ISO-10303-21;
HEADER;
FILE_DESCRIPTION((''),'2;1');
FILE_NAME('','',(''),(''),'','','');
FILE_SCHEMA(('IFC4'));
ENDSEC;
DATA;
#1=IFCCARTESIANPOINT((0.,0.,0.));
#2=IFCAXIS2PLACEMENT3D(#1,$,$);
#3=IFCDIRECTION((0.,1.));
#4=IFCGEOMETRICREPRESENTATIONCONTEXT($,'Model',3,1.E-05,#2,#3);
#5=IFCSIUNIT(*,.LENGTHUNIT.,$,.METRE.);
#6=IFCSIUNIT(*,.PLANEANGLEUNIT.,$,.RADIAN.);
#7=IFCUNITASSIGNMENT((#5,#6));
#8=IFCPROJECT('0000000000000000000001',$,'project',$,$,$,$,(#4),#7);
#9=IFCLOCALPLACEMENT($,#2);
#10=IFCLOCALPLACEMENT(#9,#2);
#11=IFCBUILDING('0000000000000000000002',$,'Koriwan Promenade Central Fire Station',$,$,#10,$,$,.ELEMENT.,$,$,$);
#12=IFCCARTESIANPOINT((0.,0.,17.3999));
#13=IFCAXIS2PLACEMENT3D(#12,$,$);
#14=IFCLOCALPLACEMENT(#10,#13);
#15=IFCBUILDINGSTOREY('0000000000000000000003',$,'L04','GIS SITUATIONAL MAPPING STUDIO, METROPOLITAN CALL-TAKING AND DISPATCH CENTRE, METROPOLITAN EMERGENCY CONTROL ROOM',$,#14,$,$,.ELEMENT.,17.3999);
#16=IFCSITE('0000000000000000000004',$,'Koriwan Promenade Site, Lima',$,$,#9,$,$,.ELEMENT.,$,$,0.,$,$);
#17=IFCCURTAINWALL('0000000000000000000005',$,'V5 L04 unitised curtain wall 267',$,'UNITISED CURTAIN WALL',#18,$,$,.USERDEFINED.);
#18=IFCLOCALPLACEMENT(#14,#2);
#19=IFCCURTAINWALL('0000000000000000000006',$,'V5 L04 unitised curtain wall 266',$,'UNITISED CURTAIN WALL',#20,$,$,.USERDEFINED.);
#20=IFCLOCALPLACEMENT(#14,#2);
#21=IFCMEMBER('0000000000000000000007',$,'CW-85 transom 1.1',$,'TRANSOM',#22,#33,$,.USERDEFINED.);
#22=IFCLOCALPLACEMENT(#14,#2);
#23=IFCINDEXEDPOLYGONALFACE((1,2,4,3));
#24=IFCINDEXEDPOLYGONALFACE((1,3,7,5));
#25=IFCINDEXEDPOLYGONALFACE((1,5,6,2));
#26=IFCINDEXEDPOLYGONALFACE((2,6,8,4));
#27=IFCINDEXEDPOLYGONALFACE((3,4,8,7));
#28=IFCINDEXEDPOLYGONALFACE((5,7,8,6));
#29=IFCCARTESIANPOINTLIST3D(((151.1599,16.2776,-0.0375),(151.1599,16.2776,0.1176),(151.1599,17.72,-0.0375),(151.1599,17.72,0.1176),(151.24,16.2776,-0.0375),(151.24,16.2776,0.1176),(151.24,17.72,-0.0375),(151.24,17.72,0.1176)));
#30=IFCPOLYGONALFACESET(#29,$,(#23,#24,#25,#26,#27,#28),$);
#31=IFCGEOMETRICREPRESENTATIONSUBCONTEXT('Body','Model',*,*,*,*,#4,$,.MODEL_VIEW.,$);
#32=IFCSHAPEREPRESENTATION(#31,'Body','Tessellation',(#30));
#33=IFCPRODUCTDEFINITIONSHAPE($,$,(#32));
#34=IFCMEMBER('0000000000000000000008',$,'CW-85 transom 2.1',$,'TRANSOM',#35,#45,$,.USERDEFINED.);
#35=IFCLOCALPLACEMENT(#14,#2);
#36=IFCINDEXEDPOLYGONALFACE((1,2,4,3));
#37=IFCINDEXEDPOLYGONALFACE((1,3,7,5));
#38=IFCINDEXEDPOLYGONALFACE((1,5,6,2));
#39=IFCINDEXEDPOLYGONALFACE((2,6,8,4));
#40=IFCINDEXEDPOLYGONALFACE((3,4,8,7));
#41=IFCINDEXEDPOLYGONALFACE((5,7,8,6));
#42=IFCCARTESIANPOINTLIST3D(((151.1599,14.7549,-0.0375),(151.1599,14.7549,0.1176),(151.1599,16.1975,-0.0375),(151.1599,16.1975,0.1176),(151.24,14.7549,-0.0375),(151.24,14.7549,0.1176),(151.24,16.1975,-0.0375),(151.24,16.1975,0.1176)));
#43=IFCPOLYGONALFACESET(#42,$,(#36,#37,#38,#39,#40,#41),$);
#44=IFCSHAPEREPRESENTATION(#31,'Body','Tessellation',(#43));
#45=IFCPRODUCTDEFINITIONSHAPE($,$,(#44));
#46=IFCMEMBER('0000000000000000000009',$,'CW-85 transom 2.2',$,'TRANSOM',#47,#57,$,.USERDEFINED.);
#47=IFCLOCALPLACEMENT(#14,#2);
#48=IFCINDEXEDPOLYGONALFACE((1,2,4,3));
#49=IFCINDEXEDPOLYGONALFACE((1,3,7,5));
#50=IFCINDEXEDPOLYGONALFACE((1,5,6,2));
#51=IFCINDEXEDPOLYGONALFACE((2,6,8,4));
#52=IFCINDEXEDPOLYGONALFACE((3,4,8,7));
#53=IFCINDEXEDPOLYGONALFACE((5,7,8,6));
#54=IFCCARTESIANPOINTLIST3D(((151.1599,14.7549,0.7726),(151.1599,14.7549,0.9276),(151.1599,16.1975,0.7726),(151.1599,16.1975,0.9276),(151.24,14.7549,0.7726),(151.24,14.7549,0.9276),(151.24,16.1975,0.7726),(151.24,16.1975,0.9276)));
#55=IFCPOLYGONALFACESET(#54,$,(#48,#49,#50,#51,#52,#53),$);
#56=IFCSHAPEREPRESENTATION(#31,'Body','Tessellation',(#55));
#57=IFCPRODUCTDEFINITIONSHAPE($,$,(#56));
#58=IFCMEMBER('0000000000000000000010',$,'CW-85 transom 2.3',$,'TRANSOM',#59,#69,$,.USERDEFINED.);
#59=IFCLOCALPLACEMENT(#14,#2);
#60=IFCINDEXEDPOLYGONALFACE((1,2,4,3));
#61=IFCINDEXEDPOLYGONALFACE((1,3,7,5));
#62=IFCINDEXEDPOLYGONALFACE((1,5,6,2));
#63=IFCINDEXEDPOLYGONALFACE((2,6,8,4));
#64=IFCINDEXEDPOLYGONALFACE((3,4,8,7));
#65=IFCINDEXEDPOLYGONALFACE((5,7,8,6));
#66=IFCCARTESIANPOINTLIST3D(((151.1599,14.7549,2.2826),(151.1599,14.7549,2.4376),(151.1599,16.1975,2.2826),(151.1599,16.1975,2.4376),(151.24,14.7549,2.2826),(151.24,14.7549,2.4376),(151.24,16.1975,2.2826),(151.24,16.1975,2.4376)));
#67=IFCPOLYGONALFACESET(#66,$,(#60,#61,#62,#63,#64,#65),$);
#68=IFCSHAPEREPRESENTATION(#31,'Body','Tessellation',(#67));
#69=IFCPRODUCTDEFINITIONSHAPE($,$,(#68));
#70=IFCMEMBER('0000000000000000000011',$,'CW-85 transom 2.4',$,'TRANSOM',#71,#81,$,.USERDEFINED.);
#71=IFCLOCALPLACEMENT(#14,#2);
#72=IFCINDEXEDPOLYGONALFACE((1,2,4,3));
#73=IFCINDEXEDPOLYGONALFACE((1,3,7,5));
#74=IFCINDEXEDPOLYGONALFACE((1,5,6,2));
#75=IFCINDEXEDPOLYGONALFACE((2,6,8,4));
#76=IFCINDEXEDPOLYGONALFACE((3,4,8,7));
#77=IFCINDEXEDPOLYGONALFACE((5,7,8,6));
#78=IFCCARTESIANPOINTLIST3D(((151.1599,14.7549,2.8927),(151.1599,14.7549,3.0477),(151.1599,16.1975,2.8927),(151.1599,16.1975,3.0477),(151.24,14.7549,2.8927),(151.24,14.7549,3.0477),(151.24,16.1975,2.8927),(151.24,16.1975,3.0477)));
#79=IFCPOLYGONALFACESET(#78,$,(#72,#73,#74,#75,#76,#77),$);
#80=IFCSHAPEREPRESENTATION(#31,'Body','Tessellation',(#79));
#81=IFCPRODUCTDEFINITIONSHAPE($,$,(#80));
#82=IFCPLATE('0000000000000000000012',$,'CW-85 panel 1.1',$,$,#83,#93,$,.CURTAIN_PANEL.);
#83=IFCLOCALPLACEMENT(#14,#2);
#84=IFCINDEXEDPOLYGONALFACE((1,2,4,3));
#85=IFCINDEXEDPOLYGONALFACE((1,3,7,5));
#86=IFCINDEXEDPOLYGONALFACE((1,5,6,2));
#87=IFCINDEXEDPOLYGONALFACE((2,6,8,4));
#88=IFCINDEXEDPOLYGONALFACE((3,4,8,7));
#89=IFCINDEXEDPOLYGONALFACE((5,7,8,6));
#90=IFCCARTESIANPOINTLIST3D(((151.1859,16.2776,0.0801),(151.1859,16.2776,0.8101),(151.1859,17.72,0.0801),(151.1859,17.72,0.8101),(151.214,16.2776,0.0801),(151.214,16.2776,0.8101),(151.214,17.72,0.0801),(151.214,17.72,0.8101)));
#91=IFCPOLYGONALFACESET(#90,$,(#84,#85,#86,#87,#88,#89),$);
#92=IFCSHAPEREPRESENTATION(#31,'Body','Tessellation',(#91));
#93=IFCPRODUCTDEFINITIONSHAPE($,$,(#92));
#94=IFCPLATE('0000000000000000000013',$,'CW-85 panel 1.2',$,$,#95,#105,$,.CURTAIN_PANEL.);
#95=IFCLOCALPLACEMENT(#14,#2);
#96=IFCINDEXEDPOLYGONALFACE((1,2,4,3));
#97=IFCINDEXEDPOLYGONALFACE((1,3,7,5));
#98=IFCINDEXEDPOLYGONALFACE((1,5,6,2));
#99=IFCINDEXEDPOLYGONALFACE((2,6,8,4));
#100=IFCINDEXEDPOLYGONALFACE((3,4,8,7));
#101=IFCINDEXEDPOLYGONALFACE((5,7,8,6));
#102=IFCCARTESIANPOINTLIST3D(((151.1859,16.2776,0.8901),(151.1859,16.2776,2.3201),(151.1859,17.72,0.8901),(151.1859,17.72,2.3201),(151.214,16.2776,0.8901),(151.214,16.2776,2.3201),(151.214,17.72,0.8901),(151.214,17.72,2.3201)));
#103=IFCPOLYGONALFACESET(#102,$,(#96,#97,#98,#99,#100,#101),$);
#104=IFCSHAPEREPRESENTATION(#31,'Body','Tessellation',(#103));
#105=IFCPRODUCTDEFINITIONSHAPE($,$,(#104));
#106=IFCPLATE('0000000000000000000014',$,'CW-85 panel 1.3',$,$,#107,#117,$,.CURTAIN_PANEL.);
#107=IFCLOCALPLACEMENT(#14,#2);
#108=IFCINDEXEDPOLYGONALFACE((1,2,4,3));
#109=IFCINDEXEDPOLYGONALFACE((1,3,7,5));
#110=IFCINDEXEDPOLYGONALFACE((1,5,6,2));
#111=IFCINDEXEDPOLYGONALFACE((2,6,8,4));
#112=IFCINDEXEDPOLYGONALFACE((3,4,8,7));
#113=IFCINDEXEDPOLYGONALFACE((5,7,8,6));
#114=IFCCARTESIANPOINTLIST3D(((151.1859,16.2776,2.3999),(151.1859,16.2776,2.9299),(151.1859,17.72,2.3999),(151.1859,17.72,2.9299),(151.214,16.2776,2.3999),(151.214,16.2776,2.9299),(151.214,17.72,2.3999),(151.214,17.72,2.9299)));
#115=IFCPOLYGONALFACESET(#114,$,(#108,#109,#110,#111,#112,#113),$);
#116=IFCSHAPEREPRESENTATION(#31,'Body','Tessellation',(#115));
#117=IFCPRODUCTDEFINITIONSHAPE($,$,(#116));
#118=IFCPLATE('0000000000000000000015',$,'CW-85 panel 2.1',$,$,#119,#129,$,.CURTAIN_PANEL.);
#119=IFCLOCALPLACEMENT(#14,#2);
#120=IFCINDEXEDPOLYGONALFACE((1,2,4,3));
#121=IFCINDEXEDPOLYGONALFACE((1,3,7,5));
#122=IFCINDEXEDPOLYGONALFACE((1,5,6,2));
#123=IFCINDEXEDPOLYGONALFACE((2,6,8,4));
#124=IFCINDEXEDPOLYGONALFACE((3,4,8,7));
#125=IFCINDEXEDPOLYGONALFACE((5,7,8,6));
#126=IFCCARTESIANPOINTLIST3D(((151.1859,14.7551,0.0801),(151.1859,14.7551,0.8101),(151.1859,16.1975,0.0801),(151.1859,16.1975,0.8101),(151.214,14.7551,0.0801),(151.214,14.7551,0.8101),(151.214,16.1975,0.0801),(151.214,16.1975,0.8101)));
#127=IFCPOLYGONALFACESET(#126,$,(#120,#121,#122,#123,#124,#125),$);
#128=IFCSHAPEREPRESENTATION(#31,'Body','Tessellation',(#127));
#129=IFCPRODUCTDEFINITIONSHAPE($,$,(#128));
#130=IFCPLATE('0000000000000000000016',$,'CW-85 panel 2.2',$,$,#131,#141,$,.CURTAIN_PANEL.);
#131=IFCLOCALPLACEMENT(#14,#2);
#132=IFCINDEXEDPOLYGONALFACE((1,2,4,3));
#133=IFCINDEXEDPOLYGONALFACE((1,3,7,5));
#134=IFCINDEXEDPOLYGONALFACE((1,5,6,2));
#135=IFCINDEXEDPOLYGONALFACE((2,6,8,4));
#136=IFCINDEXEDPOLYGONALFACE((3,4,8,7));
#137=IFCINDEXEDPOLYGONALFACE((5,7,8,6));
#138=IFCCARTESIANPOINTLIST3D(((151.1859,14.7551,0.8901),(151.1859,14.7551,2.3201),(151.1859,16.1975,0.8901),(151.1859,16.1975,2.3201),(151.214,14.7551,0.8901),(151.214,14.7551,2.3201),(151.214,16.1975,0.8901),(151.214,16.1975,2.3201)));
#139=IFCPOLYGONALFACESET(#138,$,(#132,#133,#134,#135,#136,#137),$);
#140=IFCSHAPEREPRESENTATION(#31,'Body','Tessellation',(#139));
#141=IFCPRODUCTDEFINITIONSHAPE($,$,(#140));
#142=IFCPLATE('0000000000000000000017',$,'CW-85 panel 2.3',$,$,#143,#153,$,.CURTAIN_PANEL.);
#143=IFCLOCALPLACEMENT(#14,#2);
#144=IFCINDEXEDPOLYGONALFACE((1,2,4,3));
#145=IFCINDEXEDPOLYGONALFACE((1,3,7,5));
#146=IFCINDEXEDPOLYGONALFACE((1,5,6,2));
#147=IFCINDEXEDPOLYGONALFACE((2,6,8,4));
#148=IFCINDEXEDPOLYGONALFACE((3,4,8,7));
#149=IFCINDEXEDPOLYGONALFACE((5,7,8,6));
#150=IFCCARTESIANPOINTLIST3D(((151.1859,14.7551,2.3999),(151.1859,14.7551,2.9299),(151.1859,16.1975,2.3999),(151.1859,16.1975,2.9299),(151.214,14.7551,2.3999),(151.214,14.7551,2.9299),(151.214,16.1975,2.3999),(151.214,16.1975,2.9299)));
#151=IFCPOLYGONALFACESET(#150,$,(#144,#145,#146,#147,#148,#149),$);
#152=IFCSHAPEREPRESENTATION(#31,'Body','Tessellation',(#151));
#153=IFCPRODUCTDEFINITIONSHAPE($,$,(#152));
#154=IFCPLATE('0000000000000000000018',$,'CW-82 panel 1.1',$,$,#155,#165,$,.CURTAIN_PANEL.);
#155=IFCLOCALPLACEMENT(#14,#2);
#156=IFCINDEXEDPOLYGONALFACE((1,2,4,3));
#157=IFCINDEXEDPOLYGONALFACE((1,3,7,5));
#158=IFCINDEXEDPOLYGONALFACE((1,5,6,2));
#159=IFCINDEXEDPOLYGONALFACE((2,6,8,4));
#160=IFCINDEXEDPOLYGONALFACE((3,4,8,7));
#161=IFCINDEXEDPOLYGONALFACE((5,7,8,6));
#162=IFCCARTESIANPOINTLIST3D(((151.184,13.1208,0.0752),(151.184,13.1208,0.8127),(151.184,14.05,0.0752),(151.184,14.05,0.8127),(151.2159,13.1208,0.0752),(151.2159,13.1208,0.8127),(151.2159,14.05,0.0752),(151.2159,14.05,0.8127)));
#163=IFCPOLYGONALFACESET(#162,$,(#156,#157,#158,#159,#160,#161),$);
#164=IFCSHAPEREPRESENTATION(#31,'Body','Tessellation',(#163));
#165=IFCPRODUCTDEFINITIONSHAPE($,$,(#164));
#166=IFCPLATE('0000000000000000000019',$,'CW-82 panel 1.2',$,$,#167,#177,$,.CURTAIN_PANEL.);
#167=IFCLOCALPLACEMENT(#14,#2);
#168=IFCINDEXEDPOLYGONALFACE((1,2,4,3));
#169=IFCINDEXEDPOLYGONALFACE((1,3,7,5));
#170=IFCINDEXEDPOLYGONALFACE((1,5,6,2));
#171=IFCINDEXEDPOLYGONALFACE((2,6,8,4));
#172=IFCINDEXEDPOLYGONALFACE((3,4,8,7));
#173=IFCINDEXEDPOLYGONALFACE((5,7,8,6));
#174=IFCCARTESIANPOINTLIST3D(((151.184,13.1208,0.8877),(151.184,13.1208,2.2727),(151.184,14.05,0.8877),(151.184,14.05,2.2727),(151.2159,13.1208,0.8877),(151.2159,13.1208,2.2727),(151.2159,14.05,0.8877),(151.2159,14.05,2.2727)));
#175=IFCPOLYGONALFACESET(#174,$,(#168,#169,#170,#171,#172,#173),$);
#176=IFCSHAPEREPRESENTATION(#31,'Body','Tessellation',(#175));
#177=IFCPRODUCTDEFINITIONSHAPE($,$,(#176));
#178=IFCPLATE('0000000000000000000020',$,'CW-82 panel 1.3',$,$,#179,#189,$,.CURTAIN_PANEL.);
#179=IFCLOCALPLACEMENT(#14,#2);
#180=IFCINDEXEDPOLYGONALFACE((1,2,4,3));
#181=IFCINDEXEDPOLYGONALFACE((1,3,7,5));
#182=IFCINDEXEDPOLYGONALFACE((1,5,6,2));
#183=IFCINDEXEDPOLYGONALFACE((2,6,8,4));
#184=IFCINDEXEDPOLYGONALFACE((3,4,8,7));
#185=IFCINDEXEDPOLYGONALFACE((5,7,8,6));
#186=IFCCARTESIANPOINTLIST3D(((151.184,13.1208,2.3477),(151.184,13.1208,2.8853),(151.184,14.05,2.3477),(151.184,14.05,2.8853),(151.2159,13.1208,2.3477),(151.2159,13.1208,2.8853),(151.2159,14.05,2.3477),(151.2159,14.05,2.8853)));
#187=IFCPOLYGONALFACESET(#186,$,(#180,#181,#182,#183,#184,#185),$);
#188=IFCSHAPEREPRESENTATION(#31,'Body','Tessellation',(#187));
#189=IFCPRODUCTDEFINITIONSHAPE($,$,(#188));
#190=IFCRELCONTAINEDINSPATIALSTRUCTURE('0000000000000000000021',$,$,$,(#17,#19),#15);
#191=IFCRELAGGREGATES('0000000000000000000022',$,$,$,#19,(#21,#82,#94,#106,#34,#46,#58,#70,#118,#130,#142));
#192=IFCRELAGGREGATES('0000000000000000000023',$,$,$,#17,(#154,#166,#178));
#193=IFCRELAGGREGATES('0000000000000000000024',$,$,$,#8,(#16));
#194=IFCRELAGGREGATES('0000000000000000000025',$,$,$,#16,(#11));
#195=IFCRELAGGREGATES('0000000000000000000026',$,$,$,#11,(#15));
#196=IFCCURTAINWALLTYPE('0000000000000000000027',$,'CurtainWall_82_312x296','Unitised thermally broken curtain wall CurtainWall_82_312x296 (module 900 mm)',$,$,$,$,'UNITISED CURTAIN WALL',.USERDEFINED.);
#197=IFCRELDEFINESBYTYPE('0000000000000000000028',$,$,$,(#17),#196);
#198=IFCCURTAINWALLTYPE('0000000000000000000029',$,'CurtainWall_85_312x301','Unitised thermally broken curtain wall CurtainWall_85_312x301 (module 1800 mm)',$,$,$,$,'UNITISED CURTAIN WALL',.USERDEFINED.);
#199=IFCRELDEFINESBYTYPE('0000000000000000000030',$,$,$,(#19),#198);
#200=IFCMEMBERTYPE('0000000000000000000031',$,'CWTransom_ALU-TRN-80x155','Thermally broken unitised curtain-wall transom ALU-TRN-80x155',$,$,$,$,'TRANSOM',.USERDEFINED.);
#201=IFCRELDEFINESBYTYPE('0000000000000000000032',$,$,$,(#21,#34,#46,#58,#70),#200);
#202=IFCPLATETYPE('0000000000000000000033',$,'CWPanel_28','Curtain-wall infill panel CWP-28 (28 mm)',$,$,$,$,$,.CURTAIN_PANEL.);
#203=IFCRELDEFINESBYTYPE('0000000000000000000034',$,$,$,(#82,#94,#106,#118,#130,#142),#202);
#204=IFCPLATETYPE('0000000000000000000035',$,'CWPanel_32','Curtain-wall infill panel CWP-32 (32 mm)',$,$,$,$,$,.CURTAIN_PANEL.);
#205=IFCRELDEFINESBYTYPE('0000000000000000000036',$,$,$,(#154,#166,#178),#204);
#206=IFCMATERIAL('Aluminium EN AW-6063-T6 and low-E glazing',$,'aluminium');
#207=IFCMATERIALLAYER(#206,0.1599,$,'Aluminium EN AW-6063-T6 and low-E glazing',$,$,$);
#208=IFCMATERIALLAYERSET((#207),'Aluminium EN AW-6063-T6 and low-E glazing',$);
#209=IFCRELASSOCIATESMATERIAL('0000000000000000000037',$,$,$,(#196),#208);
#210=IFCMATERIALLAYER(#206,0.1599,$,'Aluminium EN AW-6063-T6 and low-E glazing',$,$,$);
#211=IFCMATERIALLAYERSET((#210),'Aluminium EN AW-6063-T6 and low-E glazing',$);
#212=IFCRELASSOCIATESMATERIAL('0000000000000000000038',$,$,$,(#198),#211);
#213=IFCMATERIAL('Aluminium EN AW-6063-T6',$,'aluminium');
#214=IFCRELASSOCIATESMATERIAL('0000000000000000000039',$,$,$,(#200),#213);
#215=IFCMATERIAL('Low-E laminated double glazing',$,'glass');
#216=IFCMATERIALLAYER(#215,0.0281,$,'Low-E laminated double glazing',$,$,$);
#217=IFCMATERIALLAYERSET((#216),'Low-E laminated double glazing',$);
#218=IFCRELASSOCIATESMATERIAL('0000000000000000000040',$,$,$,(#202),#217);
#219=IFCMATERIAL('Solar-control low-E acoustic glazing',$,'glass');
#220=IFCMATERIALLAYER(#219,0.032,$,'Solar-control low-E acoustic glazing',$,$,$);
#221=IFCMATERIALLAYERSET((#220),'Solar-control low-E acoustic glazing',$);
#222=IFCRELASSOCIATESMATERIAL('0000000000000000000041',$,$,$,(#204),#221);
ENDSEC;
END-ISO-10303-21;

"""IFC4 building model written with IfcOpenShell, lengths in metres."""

from ifc_helpers import new_model, si_unit, direction, frame, origin, origin_2d, place, context, subcontext, project, spatial, rectangle, extrude, material, layer, layer_set, material_profile, profile_set, type_object, element, aggregate, save


model = new_model("IFC4")

# Units and contexts
model_context = context("Model", 3, precision=1e-05, world=origin(), true_north=direction((0.0, 1.0)))
body_context = subcontext(model_context, "Body", "Model", "MODEL_VIEW")
ifc_project = project(units=[si_unit("LENGTHUNIT", "METRE"), si_unit("PLANEANGLEUNIT", "RADIAN")], contexts=[model_context])

# Site, building, storey
site_placement = place(None, origin())
site = spatial("IfcSite", under=ifc_project, at=site_placement, Name="Koriwan Promenade Site, Lima", CompositionType="ELEMENT", RefElevation=0.0)
building_placement = place(site_placement, origin())
building = spatial("IfcBuilding", under=site, at=building_placement, Name="Koriwan Promenade Central Fire Station", CompositionType="ELEMENT")
storey_placement = place(building_placement, frame((0.0, 0.0, 17.3999)))
storey = spatial("IfcBuildingStorey", under=building, at=storey_placement, Name="L04", Description="GIS SITUATIONAL MAPPING STUDIO, METROPOLITAN CALL-TAKING AND DISPATCH CENTRE, METROPOLITAN EMERGENCY CONTROL ROOM", CompositionType="ELEMENT", Elevation=17.3999)

# Curtain walls
ifc_material_1 = material(Name="Aluminium EN AW-6063-T6 and low-E glazing", Category="aluminium")
ifc_layer_1 = layer(ifc_material_1, 0.1599, Name="Aluminium EN AW-6063-T6 and low-E glazing")
ifc_layer_set_1 = layer_set([ifc_layer_1], Name="Aluminium EN AW-6063-T6 and low-E glazing")
curtain_wall_type_1 = type_object("IfcCurtainWallType", Name="CurtainWall_82_312x296", Description="Unitised thermally broken curtain wall CurtainWall_82_312x296 (module 900 mm)", ElementType="UNITISED CURTAIN WALL", PredefinedType="USERDEFINED", material=ifc_layer_set_1)
curtain_wall_1_placement = place(storey_placement, origin())
curtain_wall_1 = element("IfcCurtainWall", 1, at=curtain_wall_1_placement, inside=storey, type_object=curtain_wall_type_1, Name="V5 L04 unitised curtain wall 267", ObjectType="UNITISED CURTAIN WALL", PredefinedType="USERDEFINED")
ifc_material_2 = material(Name="Aluminium EN AW-6063-T6", Category="aluminium")
ifc_layer_2 = layer(ifc_material_1, 0.1599, Name="Aluminium EN AW-6063-T6 and low-E glazing")
ifc_layer_set_2 = layer_set([ifc_layer_2], Name="Aluminium EN AW-6063-T6 and low-E glazing")
curtain_wall_type_2 = type_object("IfcCurtainWallType", Name="CurtainWall_85_312x301", Description="Unitised thermally broken curtain wall CurtainWall_85_312x301 (module 1800 mm)", ElementType="UNITISED CURTAIN WALL", PredefinedType="USERDEFINED", material=ifc_layer_set_2)
curtain_wall_2_placement = place(storey_placement, origin())
curtain_wall_2 = element("IfcCurtainWall", 2, at=curtain_wall_2_placement, inside=storey, type_object=curtain_wall_type_2, Name="V5 L04 unitised curtain wall 266", ObjectType="UNITISED CURTAIN WALL", PredefinedType="USERDEFINED")

# Members
ifc_material_profile_1 = material_profile(ifc_material_2, rectangle(XDim=0.0801, YDim=0.155, at=origin_2d()), Name="ALU-TRN-80x155")
ifc_profile_set_1 = profile_set([ifc_material_profile_1], Name="Aluminium EN AW-6063-T6")
member_type_1 = type_object("IfcMemberType", Name="CWTransom_ALU-TRN-80x155", Description="Thermally broken unitised curtain-wall transom ALU-TRN-80x155", ElementType="TRANSOM", PredefinedType="USERDEFINED", material=ifc_profile_set_1)
member_1_placement = place(storey_placement, frame((151.2, 17.72, 0.04), z_axis=(0.0, -1.0, 0.0), x_axis=(1.0, 0.0, 0.0)))
member_1 = element("IfcMember", 3, at=member_1_placement, type_object=member_type_1, Name="CW-85 transom 1.1", ObjectType="TRANSOM", PredefinedType="USERDEFINED", context=body_context, shape_type="SweptSolid", body=[
    extrude(rectangle(XDim=0.0801, YDim=0.155, at=origin_2d()), origin(), (0.0, 0.0, 1.0), 1.4424),
])
member_2_placement = place(storey_placement, frame((151.2, 16.1975, 0.04), z_axis=(0.0, -1.0, 0.0), x_axis=(1.0, 0.0, 0.0)))
member_2 = element("IfcMember", 4, at=member_2_placement, type_object=member_type_1, Name="CW-85 transom 2.1", ObjectType="TRANSOM", PredefinedType="USERDEFINED", context=body_context, shape_type="SweptSolid", body=[
    extrude(rectangle(XDim=0.0801, YDim=0.155, at=origin_2d()), origin(), (0.0, 0.0, 1.0), 1.4426),
])
member_3_placement = place(storey_placement, frame((151.2, 16.1975, 0.8501), z_axis=(0.0, -1.0, 0.0), x_axis=(1.0, 0.0, 0.0)))
member_3 = element("IfcMember", 5, at=member_3_placement, type_object=member_type_1, Name="CW-85 transom 2.2", ObjectType="TRANSOM", PredefinedType="USERDEFINED", context=body_context, shape_type="SweptSolid", body=[
    extrude(rectangle(XDim=0.0801, YDim=0.155, at=origin_2d()), origin(), (0.0, 0.0, 1.0), 1.4426),
])
member_4_placement = place(storey_placement, frame((151.2, 16.1975, 2.3601), z_axis=(0.0, -1.0, 0.0), x_axis=(1.0, 0.0, 0.0)))
member_4 = element("IfcMember", 6, at=member_4_placement, type_object=member_type_1, Name="CW-85 transom 2.3", ObjectType="TRANSOM", PredefinedType="USERDEFINED", context=body_context, shape_type="SweptSolid", body=[
    extrude(rectangle(XDim=0.0801, YDim=0.155, at=origin_2d()), origin(), (0.0, 0.0, 1.0), 1.4426),
])
member_5_placement = place(storey_placement, frame((151.2, 16.1975, 2.9702), z_axis=(0.0, -1.0, 0.0), x_axis=(1.0, 0.0, 0.0)))
member_5 = element("IfcMember", 7, at=member_5_placement, type_object=member_type_1, Name="CW-85 transom 2.4", ObjectType="TRANSOM", PredefinedType="USERDEFINED", context=body_context, shape_type="SweptSolid", body=[
    extrude(rectangle(XDim=0.0801, YDim=0.155, at=origin_2d()), origin(), (0.0, 0.0, 1.0), 1.4426),
])

# Plates
ifc_material_3 = material(Name="Low-E laminated double glazing", Category="glass")
ifc_layer_3 = layer(ifc_material_3, 0.0281, Name="Low-E laminated double glazing")
ifc_layer_set_3 = layer_set([ifc_layer_3], Name="Low-E laminated double glazing")
plate_type_1 = type_object("IfcPlateType", Name="CWPanel_28", Description="Curtain-wall infill panel CWP-28 (28 mm)", PredefinedType="CURTAIN_PANEL", material=ifc_layer_set_3)
plate_1_placement = place(storey_placement, frame((151.2, 16.9988, 0.0801), z_axis=(0.0, 0.0, 1.0), x_axis=(0.0, -1.0, 0.0)))
plate_1 = element("IfcPlate", 8, at=plate_1_placement, type_object=plate_type_1, Name="CW-85 panel 1.1", PredefinedType="CURTAIN_PANEL", context=body_context, shape_type="SweptSolid", body=[
    extrude(rectangle(XDim=1.4424, YDim=0.0281, at=origin_2d()), origin(), (0.0, 0.0, 1.0), 0.73),
])
plate_2_placement = place(storey_placement, frame((151.2, 16.9988, 0.8901), z_axis=(0.0, 0.0, 1.0), x_axis=(0.0, -1.0, 0.0)))
plate_2 = element("IfcPlate", 9, at=plate_2_placement, type_object=plate_type_1, Name="CW-85 panel 1.2", PredefinedType="CURTAIN_PANEL", context=body_context, shape_type="SweptSolid", body=[
    extrude(rectangle(XDim=1.4424, YDim=0.0281, at=origin_2d()), origin(), (0.0, 0.0, 1.0), 1.4299),
])
plate_3_placement = place(storey_placement, frame((151.2, 16.9988, 2.3999), z_axis=(0.0, 0.0, 1.0), x_axis=(0.0, -1.0, 0.0)))
plate_3 = element("IfcPlate", 10, at=plate_3_placement, type_object=plate_type_1, Name="CW-85 panel 1.3", PredefinedType="CURTAIN_PANEL", context=body_context, shape_type="SweptSolid", body=[
    extrude(rectangle(XDim=1.4424, YDim=0.0281, at=origin_2d()), origin(), (0.0, 0.0, 1.0), 0.53),
])
plate_4_placement = place(storey_placement, frame((151.2, 15.4763, 0.0801), z_axis=(0.0, 0.0, 1.0), x_axis=(0.0, -1.0, 0.0)))
plate_4 = element("IfcPlate", 11, at=plate_4_placement, type_object=plate_type_1, Name="CW-85 panel 2.1", PredefinedType="CURTAIN_PANEL", context=body_context, shape_type="SweptSolid", body=[
    extrude(rectangle(XDim=1.4424, YDim=0.0281, at=origin_2d()), origin(), (0.0, 0.0, 1.0), 0.73),
])
plate_5_placement = place(storey_placement, frame((151.2, 15.4763, 0.8901), z_axis=(0.0, 0.0, 1.0), x_axis=(0.0, -1.0, 0.0)))
plate_5 = element("IfcPlate", 12, at=plate_5_placement, type_object=plate_type_1, Name="CW-85 panel 2.2", PredefinedType="CURTAIN_PANEL", context=body_context, shape_type="SweptSolid", body=[
    extrude(rectangle(XDim=1.4424, YDim=0.0281, at=origin_2d()), origin(), (0.0, 0.0, 1.0), 1.4299),
])
plate_6_placement = place(storey_placement, frame((151.2, 15.4763, 2.3999), z_axis=(0.0, 0.0, 1.0), x_axis=(0.0, -1.0, 0.0)))
plate_6 = element("IfcPlate", 13, at=plate_6_placement, type_object=plate_type_1, Name="CW-85 panel 2.3", PredefinedType="CURTAIN_PANEL", context=body_context, shape_type="SweptSolid", body=[
    extrude(rectangle(XDim=1.4424, YDim=0.0281, at=origin_2d()), origin(), (0.0, 0.0, 1.0), 0.53),
])
aggregate(curtain_wall_2, [member_1, plate_1, plate_2, plate_3, member_2, member_3, member_4, member_5, plate_4, plate_5, plate_6])
ifc_material_4 = material(Name="Solar-control low-E acoustic glazing", Category="glass")
ifc_layer_4 = layer(ifc_material_4, 0.032, Name="Solar-control low-E acoustic glazing")
ifc_layer_set_4 = layer_set([ifc_layer_4], Name="Solar-control low-E acoustic glazing")
plate_type_2 = type_object("IfcPlateType", Name="CWPanel_32", Description="Curtain-wall infill panel CWP-32 (32 mm)", PredefinedType="CURTAIN_PANEL", material=ifc_layer_set_4)
plate_7_placement = place(storey_placement, frame((151.2, 13.5854, 0.0752), z_axis=(0.0, 0.0, 1.0), x_axis=(0.0, -1.0, 0.0)))
plate_7 = element("IfcPlate", 14, at=plate_7_placement, type_object=plate_type_2, Name="CW-82 panel 1.1", PredefinedType="CURTAIN_PANEL", context=body_context, shape_type="SweptSolid", body=[
    extrude(rectangle(XDim=0.9292, YDim=0.032, at=origin_2d()), origin(), (0.0, 0.0, 1.0), 0.7375),
])
plate_8_placement = place(storey_placement, frame((151.2, 13.5854, 0.8877), z_axis=(0.0, 0.0, 1.0), x_axis=(0.0, -1.0, 0.0)))
plate_8 = element("IfcPlate", 15, at=plate_8_placement, type_object=plate_type_2, Name="CW-82 panel 1.2", PredefinedType="CURTAIN_PANEL", context=body_context, shape_type="SweptSolid", body=[
    extrude(rectangle(XDim=0.9292, YDim=0.032, at=origin_2d()), origin(), (0.0, 0.0, 1.0), 1.385),
])
plate_9_placement = place(storey_placement, frame((151.2, 13.5854, 2.3477), z_axis=(0.0, 0.0, 1.0), x_axis=(0.0, -1.0, 0.0)))
plate_9 = element("IfcPlate", 16, at=plate_9_placement, type_object=plate_type_2, Name="CW-82 panel 1.3", PredefinedType="CURTAIN_PANEL", context=body_context, shape_type="SweptSolid", body=[
    extrude(rectangle(XDim=0.9292, YDim=0.032, at=origin_2d()), origin(), (0.0, 0.0, 1.0), 0.5376),
])
aggregate(curtain_wall_1, [plate_7, plate_8, plate_9])

save(model, "model.ifc")
